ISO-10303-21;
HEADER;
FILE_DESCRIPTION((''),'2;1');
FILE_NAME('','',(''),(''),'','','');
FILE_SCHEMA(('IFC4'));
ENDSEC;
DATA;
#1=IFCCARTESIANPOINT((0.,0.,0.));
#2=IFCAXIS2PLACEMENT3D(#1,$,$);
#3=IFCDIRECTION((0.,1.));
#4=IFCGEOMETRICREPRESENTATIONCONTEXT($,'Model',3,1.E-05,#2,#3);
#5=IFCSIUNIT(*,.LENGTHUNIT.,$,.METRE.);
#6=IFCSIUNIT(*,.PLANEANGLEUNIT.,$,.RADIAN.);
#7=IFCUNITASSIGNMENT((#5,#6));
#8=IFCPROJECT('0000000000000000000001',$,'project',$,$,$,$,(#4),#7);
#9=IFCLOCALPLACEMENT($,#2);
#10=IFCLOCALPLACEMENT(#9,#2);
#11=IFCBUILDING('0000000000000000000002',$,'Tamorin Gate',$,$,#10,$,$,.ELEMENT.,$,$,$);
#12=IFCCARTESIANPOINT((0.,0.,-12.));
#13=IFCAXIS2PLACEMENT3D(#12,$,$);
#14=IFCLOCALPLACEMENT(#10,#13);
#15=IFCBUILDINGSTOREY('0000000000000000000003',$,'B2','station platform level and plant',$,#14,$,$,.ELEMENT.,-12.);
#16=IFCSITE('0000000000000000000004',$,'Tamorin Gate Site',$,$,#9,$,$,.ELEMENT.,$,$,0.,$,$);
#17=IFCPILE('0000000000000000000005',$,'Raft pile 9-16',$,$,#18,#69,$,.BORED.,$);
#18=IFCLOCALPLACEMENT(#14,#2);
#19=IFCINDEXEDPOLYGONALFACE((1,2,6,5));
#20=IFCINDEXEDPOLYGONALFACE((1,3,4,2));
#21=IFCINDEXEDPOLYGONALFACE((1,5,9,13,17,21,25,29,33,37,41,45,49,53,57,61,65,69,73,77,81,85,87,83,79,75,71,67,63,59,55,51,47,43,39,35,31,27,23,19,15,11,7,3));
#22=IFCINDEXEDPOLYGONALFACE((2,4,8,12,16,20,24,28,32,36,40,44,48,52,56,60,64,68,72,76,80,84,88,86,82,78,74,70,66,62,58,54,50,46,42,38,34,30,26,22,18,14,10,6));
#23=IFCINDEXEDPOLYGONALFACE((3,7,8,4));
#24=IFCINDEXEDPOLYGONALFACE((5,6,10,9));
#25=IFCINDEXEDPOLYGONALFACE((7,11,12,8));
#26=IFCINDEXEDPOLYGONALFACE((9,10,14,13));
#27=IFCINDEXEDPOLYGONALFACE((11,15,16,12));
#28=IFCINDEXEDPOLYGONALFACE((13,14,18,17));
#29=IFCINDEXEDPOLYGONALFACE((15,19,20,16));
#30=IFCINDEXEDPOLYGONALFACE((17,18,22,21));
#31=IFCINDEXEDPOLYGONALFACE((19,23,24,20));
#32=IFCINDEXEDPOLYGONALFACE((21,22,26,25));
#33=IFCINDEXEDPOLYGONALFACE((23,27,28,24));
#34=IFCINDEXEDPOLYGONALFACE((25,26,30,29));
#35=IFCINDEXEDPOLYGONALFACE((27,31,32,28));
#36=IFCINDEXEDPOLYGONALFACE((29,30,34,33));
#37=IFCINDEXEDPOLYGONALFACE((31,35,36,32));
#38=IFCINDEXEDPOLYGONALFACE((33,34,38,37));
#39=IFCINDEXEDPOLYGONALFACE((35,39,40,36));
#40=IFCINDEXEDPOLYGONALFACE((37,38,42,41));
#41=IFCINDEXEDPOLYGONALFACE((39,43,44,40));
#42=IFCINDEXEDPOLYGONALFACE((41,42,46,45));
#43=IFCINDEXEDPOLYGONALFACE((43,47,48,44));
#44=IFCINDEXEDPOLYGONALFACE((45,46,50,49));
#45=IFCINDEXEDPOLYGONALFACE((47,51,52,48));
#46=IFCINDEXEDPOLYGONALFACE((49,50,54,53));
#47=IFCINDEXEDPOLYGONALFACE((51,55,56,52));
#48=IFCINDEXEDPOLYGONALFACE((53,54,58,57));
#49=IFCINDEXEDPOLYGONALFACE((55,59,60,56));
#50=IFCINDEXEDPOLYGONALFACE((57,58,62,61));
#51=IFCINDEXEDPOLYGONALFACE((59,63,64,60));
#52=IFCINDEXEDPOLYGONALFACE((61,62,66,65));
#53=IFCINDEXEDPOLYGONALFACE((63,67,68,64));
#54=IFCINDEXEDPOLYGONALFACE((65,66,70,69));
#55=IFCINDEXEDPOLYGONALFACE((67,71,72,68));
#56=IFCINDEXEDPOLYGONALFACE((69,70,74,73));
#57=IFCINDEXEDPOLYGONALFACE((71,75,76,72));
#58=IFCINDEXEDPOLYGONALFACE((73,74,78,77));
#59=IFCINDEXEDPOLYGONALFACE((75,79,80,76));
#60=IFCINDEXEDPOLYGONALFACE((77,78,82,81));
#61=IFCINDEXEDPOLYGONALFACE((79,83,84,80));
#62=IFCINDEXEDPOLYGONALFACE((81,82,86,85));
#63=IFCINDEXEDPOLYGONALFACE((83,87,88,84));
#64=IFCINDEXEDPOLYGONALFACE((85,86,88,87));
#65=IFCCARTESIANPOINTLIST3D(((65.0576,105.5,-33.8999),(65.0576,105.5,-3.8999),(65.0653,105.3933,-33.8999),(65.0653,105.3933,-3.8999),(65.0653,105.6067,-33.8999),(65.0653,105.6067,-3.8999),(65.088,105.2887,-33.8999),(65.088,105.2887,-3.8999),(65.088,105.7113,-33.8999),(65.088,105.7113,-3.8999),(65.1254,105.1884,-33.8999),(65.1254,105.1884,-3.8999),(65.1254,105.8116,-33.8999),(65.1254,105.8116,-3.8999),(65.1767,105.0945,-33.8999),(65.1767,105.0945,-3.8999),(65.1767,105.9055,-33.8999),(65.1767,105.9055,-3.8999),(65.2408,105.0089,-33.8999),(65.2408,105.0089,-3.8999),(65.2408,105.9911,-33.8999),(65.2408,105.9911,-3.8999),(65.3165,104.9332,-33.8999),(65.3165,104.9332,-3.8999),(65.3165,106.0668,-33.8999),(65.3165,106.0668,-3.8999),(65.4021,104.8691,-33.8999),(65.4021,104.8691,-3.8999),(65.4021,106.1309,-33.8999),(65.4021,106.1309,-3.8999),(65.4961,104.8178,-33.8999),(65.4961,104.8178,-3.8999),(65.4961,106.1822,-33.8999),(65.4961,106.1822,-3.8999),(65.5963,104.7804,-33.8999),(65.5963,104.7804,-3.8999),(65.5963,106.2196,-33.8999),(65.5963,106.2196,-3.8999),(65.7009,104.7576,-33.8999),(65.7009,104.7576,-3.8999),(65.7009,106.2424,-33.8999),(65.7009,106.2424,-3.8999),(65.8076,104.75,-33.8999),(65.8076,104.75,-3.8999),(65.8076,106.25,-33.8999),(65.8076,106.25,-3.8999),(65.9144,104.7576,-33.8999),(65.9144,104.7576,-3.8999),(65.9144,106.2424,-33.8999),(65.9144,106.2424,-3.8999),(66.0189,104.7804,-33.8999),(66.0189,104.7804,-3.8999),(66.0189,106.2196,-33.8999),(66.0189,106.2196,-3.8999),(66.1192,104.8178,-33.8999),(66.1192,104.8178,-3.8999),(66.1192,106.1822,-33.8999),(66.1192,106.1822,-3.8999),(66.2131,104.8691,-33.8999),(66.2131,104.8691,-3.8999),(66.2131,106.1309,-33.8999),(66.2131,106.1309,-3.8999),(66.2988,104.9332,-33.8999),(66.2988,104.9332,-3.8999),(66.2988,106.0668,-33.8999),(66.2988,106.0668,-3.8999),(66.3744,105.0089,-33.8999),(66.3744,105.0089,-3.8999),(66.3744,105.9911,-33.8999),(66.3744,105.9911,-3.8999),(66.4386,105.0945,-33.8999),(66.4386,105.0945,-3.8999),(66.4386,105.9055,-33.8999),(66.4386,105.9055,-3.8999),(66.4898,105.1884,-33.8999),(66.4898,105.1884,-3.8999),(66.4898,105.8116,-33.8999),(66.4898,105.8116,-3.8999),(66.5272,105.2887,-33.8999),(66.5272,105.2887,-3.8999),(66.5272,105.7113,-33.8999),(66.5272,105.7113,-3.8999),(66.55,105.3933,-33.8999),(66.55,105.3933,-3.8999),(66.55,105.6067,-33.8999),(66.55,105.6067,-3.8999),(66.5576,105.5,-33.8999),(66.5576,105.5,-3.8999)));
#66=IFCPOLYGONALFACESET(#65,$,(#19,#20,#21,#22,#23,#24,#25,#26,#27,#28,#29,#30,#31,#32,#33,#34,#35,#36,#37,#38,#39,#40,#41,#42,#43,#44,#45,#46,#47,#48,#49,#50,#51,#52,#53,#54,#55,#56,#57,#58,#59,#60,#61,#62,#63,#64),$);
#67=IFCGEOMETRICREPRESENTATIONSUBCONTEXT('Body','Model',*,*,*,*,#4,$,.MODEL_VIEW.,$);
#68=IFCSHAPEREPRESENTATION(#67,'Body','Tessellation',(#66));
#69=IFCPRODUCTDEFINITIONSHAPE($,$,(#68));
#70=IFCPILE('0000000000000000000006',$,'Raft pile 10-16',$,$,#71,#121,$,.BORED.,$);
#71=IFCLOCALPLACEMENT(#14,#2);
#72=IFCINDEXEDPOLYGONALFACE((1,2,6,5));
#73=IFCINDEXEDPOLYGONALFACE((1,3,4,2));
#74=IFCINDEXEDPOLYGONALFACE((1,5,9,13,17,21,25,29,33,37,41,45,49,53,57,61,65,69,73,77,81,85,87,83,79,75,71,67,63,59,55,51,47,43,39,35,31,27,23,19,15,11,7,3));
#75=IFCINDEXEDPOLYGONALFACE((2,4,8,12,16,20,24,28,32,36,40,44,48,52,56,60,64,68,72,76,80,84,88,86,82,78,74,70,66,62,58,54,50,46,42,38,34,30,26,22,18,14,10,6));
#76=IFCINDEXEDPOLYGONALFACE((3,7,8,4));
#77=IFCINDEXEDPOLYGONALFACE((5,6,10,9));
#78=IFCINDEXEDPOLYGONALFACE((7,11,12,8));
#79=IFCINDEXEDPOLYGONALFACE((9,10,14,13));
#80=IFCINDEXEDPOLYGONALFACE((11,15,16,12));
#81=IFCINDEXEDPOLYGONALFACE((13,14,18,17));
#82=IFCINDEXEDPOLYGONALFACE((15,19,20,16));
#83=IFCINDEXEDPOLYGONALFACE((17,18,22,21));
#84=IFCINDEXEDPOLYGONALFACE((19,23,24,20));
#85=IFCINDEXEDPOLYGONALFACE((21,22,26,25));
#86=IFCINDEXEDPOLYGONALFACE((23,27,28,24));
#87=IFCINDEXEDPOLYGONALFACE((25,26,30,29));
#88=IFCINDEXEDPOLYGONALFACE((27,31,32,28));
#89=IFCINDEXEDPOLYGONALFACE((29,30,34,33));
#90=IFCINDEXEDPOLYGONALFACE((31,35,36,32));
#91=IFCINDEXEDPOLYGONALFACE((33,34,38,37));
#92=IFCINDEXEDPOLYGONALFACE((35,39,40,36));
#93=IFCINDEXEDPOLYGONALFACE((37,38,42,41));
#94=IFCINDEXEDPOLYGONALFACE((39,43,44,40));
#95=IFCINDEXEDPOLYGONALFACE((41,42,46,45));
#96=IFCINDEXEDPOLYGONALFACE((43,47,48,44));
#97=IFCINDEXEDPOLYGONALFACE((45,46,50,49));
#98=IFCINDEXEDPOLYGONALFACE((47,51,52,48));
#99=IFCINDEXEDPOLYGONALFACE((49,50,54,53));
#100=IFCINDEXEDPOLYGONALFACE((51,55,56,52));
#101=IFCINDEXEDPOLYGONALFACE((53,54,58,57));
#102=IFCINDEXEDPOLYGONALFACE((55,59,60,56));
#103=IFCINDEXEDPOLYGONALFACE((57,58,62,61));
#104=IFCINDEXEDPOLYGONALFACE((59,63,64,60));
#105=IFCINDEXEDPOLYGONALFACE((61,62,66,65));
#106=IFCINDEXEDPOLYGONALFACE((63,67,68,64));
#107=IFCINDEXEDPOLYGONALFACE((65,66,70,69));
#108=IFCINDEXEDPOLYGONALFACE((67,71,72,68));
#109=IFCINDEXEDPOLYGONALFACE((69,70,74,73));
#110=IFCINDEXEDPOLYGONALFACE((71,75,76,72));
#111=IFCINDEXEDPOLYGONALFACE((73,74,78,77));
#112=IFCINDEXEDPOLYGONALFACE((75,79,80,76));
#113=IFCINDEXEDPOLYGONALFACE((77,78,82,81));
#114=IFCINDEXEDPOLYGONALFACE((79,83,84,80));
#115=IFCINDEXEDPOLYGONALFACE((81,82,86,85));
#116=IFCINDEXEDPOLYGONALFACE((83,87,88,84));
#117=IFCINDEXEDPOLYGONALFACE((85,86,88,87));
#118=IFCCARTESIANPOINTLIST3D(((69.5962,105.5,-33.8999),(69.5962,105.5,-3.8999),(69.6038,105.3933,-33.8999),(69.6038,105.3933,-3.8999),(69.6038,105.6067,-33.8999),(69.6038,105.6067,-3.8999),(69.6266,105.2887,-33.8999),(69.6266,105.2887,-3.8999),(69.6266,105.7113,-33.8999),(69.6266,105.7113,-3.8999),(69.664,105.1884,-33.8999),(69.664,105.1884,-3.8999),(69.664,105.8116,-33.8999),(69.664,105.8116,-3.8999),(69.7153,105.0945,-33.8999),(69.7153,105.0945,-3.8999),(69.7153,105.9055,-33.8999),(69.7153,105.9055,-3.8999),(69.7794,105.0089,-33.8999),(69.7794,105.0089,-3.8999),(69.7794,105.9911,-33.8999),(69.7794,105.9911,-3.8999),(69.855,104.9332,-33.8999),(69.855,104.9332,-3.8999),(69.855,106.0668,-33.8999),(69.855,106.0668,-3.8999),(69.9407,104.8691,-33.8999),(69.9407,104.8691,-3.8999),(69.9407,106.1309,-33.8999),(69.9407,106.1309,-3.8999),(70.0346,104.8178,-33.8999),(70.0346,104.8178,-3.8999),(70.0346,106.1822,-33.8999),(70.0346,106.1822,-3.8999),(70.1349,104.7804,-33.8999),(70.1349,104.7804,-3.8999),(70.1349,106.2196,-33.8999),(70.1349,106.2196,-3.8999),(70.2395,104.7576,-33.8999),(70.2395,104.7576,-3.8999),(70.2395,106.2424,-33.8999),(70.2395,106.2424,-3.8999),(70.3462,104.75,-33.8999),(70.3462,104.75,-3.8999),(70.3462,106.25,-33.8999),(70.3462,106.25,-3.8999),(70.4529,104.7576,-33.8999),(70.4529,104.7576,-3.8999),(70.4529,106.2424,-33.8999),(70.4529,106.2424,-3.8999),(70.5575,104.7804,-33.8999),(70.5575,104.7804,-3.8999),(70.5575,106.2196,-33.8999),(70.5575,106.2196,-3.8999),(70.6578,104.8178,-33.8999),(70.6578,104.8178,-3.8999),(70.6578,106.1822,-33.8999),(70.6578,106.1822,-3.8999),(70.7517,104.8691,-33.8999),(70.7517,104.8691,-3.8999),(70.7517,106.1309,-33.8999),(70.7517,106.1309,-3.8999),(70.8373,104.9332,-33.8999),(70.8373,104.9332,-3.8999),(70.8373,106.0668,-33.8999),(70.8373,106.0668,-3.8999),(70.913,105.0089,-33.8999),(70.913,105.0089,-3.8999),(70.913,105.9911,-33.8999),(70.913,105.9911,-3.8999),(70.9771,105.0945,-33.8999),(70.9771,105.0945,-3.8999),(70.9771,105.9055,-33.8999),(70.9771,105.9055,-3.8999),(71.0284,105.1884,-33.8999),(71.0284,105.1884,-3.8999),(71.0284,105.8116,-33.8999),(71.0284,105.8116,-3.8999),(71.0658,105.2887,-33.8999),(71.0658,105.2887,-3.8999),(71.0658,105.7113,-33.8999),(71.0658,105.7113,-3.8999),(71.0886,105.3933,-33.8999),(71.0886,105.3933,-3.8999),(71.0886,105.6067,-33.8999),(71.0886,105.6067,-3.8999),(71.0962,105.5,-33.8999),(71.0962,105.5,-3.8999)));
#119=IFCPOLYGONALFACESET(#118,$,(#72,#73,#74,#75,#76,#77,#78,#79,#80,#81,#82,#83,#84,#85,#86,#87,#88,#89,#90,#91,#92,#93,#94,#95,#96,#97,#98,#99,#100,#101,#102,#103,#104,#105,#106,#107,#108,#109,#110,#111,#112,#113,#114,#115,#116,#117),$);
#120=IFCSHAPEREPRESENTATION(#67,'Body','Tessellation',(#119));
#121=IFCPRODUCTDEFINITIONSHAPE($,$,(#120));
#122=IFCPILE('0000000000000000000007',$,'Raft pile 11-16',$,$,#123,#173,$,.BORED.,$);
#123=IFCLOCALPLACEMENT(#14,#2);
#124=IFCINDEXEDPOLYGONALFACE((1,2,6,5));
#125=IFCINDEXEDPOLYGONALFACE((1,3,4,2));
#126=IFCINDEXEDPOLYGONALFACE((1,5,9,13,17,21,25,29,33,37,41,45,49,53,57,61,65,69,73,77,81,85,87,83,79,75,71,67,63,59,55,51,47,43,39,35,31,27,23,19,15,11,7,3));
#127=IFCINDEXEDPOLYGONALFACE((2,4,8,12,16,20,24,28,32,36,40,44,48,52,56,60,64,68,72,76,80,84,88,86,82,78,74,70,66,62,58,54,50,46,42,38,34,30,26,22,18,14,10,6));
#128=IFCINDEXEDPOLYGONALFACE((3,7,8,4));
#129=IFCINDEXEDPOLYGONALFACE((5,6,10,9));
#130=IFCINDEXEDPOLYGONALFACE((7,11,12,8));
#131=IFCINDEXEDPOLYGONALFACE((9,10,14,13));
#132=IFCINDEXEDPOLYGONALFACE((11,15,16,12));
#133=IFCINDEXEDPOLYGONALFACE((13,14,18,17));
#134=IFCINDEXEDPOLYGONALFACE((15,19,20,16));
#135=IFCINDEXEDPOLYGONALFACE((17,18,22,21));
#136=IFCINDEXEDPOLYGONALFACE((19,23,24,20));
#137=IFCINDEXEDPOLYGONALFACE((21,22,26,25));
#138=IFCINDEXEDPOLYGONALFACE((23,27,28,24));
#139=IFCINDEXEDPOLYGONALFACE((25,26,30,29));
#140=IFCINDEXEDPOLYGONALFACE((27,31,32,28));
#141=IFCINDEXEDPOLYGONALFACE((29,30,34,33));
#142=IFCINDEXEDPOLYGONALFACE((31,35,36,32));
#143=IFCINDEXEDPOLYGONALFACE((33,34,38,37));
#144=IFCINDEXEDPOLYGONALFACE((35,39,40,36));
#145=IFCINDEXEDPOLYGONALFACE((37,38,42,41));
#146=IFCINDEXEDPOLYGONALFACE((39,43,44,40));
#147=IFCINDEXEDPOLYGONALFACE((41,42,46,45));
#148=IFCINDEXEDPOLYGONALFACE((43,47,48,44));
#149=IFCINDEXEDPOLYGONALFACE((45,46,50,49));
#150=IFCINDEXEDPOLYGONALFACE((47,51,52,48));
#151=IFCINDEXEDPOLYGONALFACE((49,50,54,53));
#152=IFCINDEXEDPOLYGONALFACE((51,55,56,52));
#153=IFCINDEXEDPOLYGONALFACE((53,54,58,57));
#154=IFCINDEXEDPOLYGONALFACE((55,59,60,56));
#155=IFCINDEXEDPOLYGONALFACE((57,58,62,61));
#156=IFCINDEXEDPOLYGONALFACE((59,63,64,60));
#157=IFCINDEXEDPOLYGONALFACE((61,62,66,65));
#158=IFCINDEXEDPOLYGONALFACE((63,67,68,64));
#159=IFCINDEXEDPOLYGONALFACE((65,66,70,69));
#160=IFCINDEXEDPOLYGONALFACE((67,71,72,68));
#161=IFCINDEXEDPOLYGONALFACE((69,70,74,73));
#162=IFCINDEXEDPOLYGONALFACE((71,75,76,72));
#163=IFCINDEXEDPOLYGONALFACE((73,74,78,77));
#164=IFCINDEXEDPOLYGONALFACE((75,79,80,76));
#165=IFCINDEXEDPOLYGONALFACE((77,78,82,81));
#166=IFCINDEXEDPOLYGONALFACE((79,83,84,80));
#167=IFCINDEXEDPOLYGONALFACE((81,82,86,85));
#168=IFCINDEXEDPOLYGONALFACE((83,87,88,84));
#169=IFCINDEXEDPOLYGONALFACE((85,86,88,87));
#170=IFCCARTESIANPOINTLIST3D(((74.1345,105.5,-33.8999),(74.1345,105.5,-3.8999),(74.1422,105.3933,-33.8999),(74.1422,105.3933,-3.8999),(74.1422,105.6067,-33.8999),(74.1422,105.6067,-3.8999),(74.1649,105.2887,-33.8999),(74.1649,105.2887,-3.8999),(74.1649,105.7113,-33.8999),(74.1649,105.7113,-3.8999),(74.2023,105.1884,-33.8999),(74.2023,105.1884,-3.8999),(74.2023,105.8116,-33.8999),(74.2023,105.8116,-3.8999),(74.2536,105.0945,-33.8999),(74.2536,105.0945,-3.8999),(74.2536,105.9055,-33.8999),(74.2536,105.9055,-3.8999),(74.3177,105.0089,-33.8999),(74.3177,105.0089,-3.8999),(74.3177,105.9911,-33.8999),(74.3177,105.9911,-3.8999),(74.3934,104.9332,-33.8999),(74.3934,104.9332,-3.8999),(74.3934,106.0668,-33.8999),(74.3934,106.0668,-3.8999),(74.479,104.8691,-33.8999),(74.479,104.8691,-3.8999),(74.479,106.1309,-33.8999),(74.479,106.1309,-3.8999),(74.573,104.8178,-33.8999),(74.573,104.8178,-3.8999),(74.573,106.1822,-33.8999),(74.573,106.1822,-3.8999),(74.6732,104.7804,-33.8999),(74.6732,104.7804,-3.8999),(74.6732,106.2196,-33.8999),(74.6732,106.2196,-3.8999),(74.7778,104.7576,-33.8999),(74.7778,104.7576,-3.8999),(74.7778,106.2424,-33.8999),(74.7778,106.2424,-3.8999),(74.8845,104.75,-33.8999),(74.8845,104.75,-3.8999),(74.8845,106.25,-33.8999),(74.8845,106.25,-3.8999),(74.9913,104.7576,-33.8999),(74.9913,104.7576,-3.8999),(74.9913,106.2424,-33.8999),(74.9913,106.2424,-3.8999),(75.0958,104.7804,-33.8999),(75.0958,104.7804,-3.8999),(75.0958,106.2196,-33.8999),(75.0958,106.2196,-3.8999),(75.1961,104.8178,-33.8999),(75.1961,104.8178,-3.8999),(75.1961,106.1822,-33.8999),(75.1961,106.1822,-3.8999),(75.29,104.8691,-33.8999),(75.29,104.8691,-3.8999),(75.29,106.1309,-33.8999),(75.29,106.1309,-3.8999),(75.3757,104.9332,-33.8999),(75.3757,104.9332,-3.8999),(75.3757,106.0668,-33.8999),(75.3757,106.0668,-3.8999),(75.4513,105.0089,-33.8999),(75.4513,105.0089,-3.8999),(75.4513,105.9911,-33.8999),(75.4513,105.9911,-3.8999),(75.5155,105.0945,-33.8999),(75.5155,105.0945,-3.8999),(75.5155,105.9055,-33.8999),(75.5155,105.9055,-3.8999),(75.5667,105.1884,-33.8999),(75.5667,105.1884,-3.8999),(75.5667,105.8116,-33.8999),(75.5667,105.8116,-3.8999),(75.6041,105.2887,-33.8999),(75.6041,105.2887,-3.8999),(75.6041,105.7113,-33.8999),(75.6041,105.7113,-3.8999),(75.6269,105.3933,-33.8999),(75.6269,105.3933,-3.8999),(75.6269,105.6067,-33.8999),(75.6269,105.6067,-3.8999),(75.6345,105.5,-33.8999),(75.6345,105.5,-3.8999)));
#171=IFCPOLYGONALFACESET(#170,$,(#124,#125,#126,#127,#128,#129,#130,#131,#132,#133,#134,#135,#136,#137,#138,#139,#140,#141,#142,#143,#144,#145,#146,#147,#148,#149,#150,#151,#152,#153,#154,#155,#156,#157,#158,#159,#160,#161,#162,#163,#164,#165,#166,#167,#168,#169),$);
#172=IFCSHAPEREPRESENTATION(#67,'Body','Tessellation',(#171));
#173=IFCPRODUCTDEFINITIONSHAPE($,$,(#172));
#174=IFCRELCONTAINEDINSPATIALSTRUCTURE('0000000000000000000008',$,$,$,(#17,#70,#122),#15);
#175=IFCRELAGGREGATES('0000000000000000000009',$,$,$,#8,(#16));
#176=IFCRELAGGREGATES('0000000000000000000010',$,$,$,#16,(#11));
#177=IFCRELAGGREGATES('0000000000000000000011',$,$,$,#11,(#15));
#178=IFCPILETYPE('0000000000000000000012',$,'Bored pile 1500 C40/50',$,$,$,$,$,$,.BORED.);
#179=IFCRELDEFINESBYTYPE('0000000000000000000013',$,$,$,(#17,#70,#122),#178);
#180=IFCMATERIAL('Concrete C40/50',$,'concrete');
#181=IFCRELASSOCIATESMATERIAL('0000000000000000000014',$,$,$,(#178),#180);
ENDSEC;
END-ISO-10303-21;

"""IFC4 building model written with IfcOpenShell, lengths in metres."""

from ifc_helpers import new_model, si_unit, direction, frame, origin, origin_2d, place, context, subcontext, project, spatial, circle, extrude, material, material_profile, profile_set, type_object, element, save


model = new_model("IFC4")

# Units and contexts
model_context = context("Model", 3, precision=1e-05, world=origin(), true_north=direction((0.0, 1.0)))
body_context = subcontext(model_context, "Body", "Model", "MODEL_VIEW")
ifc_project = project(units=[si_unit("LENGTHUNIT", "METRE"), si_unit("PLANEANGLEUNIT", "RADIAN")], contexts=[model_context])

# Site, building, storey
site_placement = place(None, origin())
site = spatial("IfcSite", under=ifc_project, at=site_placement, Name="Tamorin Gate Site", CompositionType="ELEMENT", RefElevation=0.0)
building_placement = place(site_placement, origin())
building = spatial("IfcBuilding", under=site, at=building_placement, Name="Tamorin Gate", CompositionType="ELEMENT")
storey_placement = place(building_placement, frame((0.0, 0.0, -12.0)))
storey = spatial("IfcBuildingStorey", under=building, at=storey_placement, Name="B2", Description="station platform level and plant", CompositionType="ELEMENT", Elevation=-12.0)

# Piles
ifc_material_1 = material(Name="Concrete C40/50", Category="concrete")
ifc_material_profile_1 = material_profile(ifc_material_1, circle(Radius=0.75, at=origin_2d()))
ifc_profile_set_1 = profile_set([ifc_material_profile_1], Name="Concrete C40/50")
pile_type = type_object("IfcPileType", Name="Bored pile 1500 C40/50", PredefinedType="BORED", material=ifc_profile_set_1)
for number, where, z_axis, x_axis, name in (
    (1, (65.8076, 105.5, -3.8999), (0.0, 0.0, -1.0), (1.0, 0.0, 0.0), "Raft pile 9-16"),
    (2, (70.3462, 105.5, -3.8999), (0.0, 0.0, -1.0), (1.0, 0.0, 0.0), "Raft pile 10-16"),
    (3, (74.8845, 105.5, -3.8999), (0.0, 0.0, -1.0), (1.0, 0.0, 0.0), "Raft pile 11-16"),
):
    element("IfcPile", number, at=place(storey_placement, frame(where, z_axis=z_axis, x_axis=x_axis)), inside=storey, type_object=pile_type, Name=name, PredefinedType="BORED", context=body_context, shape_type="SweptSolid", body=[
        extrude(circle(Radius=0.75, at=origin_2d()), origin(), (0.0, 0.0, 1.0), 30.0),
    ])

save(model, "model.ifc")
